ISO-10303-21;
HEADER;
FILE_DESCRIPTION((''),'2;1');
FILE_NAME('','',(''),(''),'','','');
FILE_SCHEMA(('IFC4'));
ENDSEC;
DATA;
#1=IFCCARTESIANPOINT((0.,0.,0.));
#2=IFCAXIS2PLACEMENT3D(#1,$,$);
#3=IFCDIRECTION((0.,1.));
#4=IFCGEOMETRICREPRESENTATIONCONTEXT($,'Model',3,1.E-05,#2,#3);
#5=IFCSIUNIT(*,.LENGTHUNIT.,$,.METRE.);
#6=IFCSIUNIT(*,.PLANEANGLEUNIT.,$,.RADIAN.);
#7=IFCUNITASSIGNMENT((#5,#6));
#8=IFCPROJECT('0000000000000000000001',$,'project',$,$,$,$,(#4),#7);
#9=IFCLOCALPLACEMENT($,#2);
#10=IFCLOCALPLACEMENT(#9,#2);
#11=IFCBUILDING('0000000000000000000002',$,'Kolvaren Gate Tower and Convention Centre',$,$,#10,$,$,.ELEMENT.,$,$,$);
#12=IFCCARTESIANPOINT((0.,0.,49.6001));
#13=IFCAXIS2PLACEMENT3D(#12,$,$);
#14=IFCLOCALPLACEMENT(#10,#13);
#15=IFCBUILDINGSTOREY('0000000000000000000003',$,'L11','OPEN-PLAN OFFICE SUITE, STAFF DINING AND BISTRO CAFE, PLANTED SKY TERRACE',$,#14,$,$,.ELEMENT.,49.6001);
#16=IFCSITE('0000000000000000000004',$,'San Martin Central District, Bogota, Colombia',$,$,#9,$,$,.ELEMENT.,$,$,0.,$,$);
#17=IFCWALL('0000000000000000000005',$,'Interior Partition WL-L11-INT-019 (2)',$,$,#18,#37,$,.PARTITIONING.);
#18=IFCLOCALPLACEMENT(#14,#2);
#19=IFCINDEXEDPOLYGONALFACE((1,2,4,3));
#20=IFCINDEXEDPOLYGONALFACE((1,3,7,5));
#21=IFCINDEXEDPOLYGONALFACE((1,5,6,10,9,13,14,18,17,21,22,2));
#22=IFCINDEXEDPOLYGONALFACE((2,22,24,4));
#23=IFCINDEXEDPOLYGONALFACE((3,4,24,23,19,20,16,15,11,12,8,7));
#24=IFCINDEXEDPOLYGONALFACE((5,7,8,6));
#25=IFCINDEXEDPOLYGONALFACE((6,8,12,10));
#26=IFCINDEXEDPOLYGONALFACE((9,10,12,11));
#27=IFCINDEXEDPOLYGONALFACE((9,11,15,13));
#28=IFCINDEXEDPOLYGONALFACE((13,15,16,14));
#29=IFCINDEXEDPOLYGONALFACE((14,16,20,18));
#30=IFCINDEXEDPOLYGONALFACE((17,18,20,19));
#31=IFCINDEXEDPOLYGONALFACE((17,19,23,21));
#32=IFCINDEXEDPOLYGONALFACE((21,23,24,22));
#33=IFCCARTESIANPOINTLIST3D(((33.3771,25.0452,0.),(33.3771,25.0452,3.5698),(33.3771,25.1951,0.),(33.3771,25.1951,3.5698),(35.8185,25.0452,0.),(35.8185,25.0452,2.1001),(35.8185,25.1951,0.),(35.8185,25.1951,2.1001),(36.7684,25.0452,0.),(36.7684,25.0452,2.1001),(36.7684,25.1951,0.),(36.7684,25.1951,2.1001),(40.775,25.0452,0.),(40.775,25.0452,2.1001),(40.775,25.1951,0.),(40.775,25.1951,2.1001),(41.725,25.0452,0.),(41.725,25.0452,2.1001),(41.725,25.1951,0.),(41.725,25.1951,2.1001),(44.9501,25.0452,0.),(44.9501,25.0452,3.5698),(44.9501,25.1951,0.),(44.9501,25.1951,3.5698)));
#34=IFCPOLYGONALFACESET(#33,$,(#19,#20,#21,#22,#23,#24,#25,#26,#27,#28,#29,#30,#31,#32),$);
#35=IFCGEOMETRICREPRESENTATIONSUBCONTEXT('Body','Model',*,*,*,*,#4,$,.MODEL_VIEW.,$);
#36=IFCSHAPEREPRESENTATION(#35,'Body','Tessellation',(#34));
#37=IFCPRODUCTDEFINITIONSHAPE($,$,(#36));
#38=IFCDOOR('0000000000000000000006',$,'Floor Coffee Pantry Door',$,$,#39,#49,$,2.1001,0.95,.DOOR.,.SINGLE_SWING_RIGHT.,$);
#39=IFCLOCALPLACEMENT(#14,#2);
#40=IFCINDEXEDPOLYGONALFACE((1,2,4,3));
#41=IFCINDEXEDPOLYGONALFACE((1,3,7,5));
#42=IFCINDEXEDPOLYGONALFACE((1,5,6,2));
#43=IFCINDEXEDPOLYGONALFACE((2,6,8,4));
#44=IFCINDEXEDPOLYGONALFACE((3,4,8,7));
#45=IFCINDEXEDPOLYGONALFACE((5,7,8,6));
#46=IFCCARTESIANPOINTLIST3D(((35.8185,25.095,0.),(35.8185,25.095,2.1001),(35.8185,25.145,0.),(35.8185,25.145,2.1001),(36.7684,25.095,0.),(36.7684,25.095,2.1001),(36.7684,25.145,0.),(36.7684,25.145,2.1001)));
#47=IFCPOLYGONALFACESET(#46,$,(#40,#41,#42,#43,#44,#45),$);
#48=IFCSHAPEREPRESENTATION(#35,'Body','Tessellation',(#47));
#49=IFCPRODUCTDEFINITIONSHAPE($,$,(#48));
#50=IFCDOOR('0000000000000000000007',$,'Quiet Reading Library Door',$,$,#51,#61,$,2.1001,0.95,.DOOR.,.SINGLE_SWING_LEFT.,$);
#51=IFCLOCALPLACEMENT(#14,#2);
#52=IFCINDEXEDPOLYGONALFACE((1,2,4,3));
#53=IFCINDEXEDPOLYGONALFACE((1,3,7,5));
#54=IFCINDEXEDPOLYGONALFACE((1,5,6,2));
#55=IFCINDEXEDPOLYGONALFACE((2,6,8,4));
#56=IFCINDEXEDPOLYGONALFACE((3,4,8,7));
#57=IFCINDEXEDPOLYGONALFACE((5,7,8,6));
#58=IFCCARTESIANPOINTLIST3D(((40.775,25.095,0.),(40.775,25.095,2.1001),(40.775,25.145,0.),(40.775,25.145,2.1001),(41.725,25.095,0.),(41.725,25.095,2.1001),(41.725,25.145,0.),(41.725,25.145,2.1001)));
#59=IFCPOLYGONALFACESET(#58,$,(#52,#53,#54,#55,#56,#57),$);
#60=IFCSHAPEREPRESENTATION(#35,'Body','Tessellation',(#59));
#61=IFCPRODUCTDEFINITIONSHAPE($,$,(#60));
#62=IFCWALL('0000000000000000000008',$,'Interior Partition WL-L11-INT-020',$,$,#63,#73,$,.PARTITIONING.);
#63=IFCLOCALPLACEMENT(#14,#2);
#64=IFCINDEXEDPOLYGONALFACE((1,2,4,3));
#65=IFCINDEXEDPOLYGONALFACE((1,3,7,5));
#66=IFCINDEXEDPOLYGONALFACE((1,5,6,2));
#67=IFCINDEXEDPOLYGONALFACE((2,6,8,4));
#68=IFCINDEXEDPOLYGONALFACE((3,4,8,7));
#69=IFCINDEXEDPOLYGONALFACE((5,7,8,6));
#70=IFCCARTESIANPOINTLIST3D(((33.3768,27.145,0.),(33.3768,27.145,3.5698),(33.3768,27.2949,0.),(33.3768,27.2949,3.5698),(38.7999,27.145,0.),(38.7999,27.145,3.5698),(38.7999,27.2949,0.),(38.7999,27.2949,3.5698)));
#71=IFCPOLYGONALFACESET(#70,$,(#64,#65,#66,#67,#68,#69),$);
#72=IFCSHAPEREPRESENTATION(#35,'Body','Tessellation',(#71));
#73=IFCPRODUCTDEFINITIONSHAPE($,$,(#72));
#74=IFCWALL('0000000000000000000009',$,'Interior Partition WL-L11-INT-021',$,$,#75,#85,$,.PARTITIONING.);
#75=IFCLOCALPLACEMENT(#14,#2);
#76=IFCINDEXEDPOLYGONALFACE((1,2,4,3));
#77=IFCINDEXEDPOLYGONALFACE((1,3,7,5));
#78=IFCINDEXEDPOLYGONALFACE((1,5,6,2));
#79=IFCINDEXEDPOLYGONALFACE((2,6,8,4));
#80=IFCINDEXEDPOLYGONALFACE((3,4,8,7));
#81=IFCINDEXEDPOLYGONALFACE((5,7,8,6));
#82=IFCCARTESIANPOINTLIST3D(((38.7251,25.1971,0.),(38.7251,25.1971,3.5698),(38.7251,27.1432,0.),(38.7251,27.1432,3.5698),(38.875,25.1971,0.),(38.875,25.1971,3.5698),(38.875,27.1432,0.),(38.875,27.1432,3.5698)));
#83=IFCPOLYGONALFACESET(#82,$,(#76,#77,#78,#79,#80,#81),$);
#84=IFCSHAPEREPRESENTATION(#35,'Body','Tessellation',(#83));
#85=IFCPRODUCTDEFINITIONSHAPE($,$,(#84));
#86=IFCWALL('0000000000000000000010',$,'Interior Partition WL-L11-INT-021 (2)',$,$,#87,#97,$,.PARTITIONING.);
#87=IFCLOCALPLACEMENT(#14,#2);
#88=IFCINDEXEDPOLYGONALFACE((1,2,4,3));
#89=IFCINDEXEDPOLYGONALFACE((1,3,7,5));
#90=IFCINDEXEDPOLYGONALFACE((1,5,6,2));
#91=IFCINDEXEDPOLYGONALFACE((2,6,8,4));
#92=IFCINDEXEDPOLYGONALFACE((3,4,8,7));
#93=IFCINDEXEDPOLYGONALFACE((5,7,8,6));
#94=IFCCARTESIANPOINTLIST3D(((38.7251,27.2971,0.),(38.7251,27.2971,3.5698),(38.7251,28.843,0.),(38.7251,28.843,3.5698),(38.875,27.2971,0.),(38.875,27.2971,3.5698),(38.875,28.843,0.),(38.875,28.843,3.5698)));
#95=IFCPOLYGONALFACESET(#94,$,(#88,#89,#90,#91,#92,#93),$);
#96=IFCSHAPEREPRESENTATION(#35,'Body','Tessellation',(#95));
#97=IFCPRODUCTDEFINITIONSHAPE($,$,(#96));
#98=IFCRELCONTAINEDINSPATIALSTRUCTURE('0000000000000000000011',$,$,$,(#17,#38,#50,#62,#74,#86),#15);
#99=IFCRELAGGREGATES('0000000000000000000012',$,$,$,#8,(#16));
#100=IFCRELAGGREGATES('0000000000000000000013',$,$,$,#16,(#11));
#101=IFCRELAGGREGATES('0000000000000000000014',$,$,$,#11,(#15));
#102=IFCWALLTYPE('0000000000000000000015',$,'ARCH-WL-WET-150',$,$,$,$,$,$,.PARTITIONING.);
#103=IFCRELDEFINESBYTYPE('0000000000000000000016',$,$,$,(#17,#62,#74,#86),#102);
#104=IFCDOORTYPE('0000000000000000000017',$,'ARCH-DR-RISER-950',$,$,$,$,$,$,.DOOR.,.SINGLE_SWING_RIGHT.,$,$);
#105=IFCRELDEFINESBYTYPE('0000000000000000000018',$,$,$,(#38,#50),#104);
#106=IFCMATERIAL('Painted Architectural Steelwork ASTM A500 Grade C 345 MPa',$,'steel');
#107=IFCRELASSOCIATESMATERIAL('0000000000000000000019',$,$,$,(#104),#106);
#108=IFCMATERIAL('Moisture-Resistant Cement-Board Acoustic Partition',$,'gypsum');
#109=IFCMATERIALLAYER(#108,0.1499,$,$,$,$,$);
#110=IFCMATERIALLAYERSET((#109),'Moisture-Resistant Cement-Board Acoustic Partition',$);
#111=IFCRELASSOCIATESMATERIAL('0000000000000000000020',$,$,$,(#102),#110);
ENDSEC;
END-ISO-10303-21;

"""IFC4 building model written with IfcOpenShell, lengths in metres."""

from ifc_helpers import new_model, si_unit, direction, frame, frame_2d, origin, place, context, subcontext, project, spatial, rectangle, extrude, material, layer, layer_set, type_object, element, fill, save


model = new_model("IFC4")

# Units and contexts
model_context = context("Model", 3, precision=1e-05, world=origin(), true_north=direction((0.0, 1.0)))
body_context = subcontext(model_context, "Body", "Model", "MODEL_VIEW")
ifc_project = project(units=[si_unit("LENGTHUNIT", "METRE"), si_unit("PLANEANGLEUNIT", "RADIAN")], contexts=[model_context])

# Site, building, storey
site_placement = place(None, origin())
site = spatial("IfcSite", under=ifc_project, at=site_placement, Name="San Martin Central District, Bogota, Colombia", CompositionType="ELEMENT", RefElevation=0.0)
building_placement = place(site_placement, origin())
building = spatial("IfcBuilding", under=site, at=building_placement, Name="Kolvaren Gate Tower and Convention Centre", CompositionType="ELEMENT")
storey_placement = place(building_placement, frame((0.0, 0.0, 49.6001)))
storey = spatial("IfcBuildingStorey", under=building, at=storey_placement, Name="L11", Description="OPEN-PLAN OFFICE SUITE, STAFF DINING AND BISTRO CAFE, PLANTED SKY TERRACE", CompositionType="ELEMENT", Elevation=49.6001)

# Shared definitions
ifc_material_1 = material(Name="Painted Architectural Steelwork ASTM A500 Grade C 345 MPa", Category="steel")
door_type_1 = type_object("IfcDoorType", Name="ARCH-DR-RISER-950", OperationType="SINGLE_SWING_RIGHT", PredefinedType="DOOR", material=ifc_material_1)

# Shared definitions
ifc_material_2 = material(Name="Moisture-Resistant Cement-Board Acoustic Partition", Category="gypsum")
ifc_layer_1 = layer(ifc_material_2, 0.1499)
ifc_layer_set_1 = layer_set([ifc_layer_1], Name="Moisture-Resistant Cement-Board Acoustic Partition")
wall_type_1 = type_object("IfcWallType", Name="ARCH-WL-WET-150", PredefinedType="PARTITIONING", material=ifc_layer_set_1)

# Wall, openings, doors
wall_1_placement = place(storey_placement, frame((33.377, 25.1201, 0.0), z_axis=(0.0, 0.0, 1.0), x_axis=(1.0, 0.0, 0.0)))
wall_1 = element("IfcWall", 1, at=wall_1_placement, inside=storey, type_object=wall_type_1, Name="Interior Partition WL-L11-INT-019 (2)", PredefinedType="PARTITIONING", context=body_context, shape_type="SweptSolid", body=[
    extrude(rectangle(XDim=11.573, YDim=0.1499, at=frame_2d((5.7866, 0.0))), origin(), (0.0, 0.0, 1.0), 3.5698),
])
opening_1_placement = place(wall_1_placement, frame((2.4414, 0.0, 0.0)))
opening_1 = element("IfcOpeningElement", 2, at=opening_1_placement, cuts=wall_1, PredefinedType="OPENING", context=body_context, shape_type="SweptSolid", body=[
    extrude(rectangle(XDim=0.95, YDim=2.1001, at=frame_2d((0.4751, 1.05))), frame((0.0, 0.085, 0.0), z_axis=(0.0, -1.0, 0.0), x_axis=(1.0, 0.0, 0.0)), (0.0, 0.0, 1.0), 0.1699),
])
opening_2_placement = place(wall_1_placement, frame((7.3979, 0.0, 0.0)))
opening_2 = element("IfcOpeningElement", 3, at=opening_2_placement, cuts=wall_1, PredefinedType="OPENING", context=body_context, shape_type="SweptSolid", body=[
    extrude(rectangle(XDim=0.95, YDim=2.1001, at=frame_2d((0.4751, 1.05))), frame((0.0, 0.085, 0.0), z_axis=(0.0, -1.0, 0.0), x_axis=(1.0, 0.0, 0.0)), (0.0, 0.0, 1.0), 0.1699),
])
door_1_placement = place(opening_1_placement, origin())
door_1 = element("IfcDoor", 4, at=door_1_placement, inside=storey, type_object=door_type_1, Name="Floor Coffee Pantry Door", OperationType="SINGLE_SWING_RIGHT", OverallHeight=2.1001, OverallWidth=0.95, PredefinedType="DOOR", context=body_context, shape_type="SweptSolid", body=[
    extrude(rectangle(XDim=0.95, YDim=2.1001, at=frame_2d((0.4751, 1.05))), frame((0.0, 0.0249, 0.0), z_axis=(0.0, -1.0, 0.0), x_axis=(1.0, 0.0, 0.0)), (0.0, 0.0, 1.0), 0.05),
])
fill(opening_1, door_1)
door_2_placement = place(opening_2_placement, origin())
door_2 = element("IfcDoor", 5, at=door_2_placement, inside=storey, type_object=door_type_1, Name="Quiet Reading Library Door", OperationType="SINGLE_SWING_LEFT", OverallHeight=2.1001, OverallWidth=0.95, PredefinedType="DOOR", context=body_context, shape_type="SweptSolid", body=[
    extrude(rectangle(XDim=0.95, YDim=2.1001, at=frame_2d((0.4751, 1.05))), frame((0.0, 0.0249, 0.0), z_axis=(0.0, -1.0, 0.0), x_axis=(1.0, 0.0, 0.0)), (0.0, 0.0, 1.0), 0.05),
])
fill(opening_2, door_2)

# Walls
wall_2_placement = place(storey_placement, frame((33.377, 27.22, 0.0), z_axis=(0.0, 0.0, 1.0), x_axis=(1.0, 0.0, 0.0)))
element("IfcWall", 6, at=wall_2_placement, inside=storey, type_object=wall_type_1, Name="Interior Partition WL-L11-INT-020", PredefinedType="PARTITIONING", context=body_context, shape_type="SweptSolid", body=[
    extrude(rectangle(XDim=5.4231, YDim=0.1499, at=frame_2d((2.7114, 0.0))), origin(), (0.0, 0.0, 1.0), 3.5698),
])
wall_3_placement = place(storey_placement, frame((38.8, 25.197, 0.0), z_axis=(0.0, 0.0, 1.0), x_axis=(0.0, 1.0, 0.0)))
element("IfcWall", 7, at=wall_3_placement, inside=storey, type_object=wall_type_1, Name="Interior Partition WL-L11-INT-021", PredefinedType="PARTITIONING", context=body_context, shape_type="SweptSolid", body=[
    extrude(rectangle(XDim=1.946, YDim=0.1499, at=frame_2d((0.9731, 0.0))), origin(), (0.0, 0.0, 1.0), 3.5698),
])
wall_4_placement = place(storey_placement, frame((38.8, 27.2971, 0.0), z_axis=(0.0, 0.0, 1.0), x_axis=(0.0, 1.0, 0.0)))
element("IfcWall", 8, at=wall_4_placement, inside=storey, type_object=wall_type_1, Name="Interior Partition WL-L11-INT-021 (2)", PredefinedType="PARTITIONING", context=body_context, shape_type="SweptSolid", body=[
    extrude(rectangle(XDim=1.5459, YDim=0.1499, at=frame_2d((0.7729, 0.0))), origin(), (0.0, 0.0, 1.0), 3.5698),
])

save(model, "model.ifc")
